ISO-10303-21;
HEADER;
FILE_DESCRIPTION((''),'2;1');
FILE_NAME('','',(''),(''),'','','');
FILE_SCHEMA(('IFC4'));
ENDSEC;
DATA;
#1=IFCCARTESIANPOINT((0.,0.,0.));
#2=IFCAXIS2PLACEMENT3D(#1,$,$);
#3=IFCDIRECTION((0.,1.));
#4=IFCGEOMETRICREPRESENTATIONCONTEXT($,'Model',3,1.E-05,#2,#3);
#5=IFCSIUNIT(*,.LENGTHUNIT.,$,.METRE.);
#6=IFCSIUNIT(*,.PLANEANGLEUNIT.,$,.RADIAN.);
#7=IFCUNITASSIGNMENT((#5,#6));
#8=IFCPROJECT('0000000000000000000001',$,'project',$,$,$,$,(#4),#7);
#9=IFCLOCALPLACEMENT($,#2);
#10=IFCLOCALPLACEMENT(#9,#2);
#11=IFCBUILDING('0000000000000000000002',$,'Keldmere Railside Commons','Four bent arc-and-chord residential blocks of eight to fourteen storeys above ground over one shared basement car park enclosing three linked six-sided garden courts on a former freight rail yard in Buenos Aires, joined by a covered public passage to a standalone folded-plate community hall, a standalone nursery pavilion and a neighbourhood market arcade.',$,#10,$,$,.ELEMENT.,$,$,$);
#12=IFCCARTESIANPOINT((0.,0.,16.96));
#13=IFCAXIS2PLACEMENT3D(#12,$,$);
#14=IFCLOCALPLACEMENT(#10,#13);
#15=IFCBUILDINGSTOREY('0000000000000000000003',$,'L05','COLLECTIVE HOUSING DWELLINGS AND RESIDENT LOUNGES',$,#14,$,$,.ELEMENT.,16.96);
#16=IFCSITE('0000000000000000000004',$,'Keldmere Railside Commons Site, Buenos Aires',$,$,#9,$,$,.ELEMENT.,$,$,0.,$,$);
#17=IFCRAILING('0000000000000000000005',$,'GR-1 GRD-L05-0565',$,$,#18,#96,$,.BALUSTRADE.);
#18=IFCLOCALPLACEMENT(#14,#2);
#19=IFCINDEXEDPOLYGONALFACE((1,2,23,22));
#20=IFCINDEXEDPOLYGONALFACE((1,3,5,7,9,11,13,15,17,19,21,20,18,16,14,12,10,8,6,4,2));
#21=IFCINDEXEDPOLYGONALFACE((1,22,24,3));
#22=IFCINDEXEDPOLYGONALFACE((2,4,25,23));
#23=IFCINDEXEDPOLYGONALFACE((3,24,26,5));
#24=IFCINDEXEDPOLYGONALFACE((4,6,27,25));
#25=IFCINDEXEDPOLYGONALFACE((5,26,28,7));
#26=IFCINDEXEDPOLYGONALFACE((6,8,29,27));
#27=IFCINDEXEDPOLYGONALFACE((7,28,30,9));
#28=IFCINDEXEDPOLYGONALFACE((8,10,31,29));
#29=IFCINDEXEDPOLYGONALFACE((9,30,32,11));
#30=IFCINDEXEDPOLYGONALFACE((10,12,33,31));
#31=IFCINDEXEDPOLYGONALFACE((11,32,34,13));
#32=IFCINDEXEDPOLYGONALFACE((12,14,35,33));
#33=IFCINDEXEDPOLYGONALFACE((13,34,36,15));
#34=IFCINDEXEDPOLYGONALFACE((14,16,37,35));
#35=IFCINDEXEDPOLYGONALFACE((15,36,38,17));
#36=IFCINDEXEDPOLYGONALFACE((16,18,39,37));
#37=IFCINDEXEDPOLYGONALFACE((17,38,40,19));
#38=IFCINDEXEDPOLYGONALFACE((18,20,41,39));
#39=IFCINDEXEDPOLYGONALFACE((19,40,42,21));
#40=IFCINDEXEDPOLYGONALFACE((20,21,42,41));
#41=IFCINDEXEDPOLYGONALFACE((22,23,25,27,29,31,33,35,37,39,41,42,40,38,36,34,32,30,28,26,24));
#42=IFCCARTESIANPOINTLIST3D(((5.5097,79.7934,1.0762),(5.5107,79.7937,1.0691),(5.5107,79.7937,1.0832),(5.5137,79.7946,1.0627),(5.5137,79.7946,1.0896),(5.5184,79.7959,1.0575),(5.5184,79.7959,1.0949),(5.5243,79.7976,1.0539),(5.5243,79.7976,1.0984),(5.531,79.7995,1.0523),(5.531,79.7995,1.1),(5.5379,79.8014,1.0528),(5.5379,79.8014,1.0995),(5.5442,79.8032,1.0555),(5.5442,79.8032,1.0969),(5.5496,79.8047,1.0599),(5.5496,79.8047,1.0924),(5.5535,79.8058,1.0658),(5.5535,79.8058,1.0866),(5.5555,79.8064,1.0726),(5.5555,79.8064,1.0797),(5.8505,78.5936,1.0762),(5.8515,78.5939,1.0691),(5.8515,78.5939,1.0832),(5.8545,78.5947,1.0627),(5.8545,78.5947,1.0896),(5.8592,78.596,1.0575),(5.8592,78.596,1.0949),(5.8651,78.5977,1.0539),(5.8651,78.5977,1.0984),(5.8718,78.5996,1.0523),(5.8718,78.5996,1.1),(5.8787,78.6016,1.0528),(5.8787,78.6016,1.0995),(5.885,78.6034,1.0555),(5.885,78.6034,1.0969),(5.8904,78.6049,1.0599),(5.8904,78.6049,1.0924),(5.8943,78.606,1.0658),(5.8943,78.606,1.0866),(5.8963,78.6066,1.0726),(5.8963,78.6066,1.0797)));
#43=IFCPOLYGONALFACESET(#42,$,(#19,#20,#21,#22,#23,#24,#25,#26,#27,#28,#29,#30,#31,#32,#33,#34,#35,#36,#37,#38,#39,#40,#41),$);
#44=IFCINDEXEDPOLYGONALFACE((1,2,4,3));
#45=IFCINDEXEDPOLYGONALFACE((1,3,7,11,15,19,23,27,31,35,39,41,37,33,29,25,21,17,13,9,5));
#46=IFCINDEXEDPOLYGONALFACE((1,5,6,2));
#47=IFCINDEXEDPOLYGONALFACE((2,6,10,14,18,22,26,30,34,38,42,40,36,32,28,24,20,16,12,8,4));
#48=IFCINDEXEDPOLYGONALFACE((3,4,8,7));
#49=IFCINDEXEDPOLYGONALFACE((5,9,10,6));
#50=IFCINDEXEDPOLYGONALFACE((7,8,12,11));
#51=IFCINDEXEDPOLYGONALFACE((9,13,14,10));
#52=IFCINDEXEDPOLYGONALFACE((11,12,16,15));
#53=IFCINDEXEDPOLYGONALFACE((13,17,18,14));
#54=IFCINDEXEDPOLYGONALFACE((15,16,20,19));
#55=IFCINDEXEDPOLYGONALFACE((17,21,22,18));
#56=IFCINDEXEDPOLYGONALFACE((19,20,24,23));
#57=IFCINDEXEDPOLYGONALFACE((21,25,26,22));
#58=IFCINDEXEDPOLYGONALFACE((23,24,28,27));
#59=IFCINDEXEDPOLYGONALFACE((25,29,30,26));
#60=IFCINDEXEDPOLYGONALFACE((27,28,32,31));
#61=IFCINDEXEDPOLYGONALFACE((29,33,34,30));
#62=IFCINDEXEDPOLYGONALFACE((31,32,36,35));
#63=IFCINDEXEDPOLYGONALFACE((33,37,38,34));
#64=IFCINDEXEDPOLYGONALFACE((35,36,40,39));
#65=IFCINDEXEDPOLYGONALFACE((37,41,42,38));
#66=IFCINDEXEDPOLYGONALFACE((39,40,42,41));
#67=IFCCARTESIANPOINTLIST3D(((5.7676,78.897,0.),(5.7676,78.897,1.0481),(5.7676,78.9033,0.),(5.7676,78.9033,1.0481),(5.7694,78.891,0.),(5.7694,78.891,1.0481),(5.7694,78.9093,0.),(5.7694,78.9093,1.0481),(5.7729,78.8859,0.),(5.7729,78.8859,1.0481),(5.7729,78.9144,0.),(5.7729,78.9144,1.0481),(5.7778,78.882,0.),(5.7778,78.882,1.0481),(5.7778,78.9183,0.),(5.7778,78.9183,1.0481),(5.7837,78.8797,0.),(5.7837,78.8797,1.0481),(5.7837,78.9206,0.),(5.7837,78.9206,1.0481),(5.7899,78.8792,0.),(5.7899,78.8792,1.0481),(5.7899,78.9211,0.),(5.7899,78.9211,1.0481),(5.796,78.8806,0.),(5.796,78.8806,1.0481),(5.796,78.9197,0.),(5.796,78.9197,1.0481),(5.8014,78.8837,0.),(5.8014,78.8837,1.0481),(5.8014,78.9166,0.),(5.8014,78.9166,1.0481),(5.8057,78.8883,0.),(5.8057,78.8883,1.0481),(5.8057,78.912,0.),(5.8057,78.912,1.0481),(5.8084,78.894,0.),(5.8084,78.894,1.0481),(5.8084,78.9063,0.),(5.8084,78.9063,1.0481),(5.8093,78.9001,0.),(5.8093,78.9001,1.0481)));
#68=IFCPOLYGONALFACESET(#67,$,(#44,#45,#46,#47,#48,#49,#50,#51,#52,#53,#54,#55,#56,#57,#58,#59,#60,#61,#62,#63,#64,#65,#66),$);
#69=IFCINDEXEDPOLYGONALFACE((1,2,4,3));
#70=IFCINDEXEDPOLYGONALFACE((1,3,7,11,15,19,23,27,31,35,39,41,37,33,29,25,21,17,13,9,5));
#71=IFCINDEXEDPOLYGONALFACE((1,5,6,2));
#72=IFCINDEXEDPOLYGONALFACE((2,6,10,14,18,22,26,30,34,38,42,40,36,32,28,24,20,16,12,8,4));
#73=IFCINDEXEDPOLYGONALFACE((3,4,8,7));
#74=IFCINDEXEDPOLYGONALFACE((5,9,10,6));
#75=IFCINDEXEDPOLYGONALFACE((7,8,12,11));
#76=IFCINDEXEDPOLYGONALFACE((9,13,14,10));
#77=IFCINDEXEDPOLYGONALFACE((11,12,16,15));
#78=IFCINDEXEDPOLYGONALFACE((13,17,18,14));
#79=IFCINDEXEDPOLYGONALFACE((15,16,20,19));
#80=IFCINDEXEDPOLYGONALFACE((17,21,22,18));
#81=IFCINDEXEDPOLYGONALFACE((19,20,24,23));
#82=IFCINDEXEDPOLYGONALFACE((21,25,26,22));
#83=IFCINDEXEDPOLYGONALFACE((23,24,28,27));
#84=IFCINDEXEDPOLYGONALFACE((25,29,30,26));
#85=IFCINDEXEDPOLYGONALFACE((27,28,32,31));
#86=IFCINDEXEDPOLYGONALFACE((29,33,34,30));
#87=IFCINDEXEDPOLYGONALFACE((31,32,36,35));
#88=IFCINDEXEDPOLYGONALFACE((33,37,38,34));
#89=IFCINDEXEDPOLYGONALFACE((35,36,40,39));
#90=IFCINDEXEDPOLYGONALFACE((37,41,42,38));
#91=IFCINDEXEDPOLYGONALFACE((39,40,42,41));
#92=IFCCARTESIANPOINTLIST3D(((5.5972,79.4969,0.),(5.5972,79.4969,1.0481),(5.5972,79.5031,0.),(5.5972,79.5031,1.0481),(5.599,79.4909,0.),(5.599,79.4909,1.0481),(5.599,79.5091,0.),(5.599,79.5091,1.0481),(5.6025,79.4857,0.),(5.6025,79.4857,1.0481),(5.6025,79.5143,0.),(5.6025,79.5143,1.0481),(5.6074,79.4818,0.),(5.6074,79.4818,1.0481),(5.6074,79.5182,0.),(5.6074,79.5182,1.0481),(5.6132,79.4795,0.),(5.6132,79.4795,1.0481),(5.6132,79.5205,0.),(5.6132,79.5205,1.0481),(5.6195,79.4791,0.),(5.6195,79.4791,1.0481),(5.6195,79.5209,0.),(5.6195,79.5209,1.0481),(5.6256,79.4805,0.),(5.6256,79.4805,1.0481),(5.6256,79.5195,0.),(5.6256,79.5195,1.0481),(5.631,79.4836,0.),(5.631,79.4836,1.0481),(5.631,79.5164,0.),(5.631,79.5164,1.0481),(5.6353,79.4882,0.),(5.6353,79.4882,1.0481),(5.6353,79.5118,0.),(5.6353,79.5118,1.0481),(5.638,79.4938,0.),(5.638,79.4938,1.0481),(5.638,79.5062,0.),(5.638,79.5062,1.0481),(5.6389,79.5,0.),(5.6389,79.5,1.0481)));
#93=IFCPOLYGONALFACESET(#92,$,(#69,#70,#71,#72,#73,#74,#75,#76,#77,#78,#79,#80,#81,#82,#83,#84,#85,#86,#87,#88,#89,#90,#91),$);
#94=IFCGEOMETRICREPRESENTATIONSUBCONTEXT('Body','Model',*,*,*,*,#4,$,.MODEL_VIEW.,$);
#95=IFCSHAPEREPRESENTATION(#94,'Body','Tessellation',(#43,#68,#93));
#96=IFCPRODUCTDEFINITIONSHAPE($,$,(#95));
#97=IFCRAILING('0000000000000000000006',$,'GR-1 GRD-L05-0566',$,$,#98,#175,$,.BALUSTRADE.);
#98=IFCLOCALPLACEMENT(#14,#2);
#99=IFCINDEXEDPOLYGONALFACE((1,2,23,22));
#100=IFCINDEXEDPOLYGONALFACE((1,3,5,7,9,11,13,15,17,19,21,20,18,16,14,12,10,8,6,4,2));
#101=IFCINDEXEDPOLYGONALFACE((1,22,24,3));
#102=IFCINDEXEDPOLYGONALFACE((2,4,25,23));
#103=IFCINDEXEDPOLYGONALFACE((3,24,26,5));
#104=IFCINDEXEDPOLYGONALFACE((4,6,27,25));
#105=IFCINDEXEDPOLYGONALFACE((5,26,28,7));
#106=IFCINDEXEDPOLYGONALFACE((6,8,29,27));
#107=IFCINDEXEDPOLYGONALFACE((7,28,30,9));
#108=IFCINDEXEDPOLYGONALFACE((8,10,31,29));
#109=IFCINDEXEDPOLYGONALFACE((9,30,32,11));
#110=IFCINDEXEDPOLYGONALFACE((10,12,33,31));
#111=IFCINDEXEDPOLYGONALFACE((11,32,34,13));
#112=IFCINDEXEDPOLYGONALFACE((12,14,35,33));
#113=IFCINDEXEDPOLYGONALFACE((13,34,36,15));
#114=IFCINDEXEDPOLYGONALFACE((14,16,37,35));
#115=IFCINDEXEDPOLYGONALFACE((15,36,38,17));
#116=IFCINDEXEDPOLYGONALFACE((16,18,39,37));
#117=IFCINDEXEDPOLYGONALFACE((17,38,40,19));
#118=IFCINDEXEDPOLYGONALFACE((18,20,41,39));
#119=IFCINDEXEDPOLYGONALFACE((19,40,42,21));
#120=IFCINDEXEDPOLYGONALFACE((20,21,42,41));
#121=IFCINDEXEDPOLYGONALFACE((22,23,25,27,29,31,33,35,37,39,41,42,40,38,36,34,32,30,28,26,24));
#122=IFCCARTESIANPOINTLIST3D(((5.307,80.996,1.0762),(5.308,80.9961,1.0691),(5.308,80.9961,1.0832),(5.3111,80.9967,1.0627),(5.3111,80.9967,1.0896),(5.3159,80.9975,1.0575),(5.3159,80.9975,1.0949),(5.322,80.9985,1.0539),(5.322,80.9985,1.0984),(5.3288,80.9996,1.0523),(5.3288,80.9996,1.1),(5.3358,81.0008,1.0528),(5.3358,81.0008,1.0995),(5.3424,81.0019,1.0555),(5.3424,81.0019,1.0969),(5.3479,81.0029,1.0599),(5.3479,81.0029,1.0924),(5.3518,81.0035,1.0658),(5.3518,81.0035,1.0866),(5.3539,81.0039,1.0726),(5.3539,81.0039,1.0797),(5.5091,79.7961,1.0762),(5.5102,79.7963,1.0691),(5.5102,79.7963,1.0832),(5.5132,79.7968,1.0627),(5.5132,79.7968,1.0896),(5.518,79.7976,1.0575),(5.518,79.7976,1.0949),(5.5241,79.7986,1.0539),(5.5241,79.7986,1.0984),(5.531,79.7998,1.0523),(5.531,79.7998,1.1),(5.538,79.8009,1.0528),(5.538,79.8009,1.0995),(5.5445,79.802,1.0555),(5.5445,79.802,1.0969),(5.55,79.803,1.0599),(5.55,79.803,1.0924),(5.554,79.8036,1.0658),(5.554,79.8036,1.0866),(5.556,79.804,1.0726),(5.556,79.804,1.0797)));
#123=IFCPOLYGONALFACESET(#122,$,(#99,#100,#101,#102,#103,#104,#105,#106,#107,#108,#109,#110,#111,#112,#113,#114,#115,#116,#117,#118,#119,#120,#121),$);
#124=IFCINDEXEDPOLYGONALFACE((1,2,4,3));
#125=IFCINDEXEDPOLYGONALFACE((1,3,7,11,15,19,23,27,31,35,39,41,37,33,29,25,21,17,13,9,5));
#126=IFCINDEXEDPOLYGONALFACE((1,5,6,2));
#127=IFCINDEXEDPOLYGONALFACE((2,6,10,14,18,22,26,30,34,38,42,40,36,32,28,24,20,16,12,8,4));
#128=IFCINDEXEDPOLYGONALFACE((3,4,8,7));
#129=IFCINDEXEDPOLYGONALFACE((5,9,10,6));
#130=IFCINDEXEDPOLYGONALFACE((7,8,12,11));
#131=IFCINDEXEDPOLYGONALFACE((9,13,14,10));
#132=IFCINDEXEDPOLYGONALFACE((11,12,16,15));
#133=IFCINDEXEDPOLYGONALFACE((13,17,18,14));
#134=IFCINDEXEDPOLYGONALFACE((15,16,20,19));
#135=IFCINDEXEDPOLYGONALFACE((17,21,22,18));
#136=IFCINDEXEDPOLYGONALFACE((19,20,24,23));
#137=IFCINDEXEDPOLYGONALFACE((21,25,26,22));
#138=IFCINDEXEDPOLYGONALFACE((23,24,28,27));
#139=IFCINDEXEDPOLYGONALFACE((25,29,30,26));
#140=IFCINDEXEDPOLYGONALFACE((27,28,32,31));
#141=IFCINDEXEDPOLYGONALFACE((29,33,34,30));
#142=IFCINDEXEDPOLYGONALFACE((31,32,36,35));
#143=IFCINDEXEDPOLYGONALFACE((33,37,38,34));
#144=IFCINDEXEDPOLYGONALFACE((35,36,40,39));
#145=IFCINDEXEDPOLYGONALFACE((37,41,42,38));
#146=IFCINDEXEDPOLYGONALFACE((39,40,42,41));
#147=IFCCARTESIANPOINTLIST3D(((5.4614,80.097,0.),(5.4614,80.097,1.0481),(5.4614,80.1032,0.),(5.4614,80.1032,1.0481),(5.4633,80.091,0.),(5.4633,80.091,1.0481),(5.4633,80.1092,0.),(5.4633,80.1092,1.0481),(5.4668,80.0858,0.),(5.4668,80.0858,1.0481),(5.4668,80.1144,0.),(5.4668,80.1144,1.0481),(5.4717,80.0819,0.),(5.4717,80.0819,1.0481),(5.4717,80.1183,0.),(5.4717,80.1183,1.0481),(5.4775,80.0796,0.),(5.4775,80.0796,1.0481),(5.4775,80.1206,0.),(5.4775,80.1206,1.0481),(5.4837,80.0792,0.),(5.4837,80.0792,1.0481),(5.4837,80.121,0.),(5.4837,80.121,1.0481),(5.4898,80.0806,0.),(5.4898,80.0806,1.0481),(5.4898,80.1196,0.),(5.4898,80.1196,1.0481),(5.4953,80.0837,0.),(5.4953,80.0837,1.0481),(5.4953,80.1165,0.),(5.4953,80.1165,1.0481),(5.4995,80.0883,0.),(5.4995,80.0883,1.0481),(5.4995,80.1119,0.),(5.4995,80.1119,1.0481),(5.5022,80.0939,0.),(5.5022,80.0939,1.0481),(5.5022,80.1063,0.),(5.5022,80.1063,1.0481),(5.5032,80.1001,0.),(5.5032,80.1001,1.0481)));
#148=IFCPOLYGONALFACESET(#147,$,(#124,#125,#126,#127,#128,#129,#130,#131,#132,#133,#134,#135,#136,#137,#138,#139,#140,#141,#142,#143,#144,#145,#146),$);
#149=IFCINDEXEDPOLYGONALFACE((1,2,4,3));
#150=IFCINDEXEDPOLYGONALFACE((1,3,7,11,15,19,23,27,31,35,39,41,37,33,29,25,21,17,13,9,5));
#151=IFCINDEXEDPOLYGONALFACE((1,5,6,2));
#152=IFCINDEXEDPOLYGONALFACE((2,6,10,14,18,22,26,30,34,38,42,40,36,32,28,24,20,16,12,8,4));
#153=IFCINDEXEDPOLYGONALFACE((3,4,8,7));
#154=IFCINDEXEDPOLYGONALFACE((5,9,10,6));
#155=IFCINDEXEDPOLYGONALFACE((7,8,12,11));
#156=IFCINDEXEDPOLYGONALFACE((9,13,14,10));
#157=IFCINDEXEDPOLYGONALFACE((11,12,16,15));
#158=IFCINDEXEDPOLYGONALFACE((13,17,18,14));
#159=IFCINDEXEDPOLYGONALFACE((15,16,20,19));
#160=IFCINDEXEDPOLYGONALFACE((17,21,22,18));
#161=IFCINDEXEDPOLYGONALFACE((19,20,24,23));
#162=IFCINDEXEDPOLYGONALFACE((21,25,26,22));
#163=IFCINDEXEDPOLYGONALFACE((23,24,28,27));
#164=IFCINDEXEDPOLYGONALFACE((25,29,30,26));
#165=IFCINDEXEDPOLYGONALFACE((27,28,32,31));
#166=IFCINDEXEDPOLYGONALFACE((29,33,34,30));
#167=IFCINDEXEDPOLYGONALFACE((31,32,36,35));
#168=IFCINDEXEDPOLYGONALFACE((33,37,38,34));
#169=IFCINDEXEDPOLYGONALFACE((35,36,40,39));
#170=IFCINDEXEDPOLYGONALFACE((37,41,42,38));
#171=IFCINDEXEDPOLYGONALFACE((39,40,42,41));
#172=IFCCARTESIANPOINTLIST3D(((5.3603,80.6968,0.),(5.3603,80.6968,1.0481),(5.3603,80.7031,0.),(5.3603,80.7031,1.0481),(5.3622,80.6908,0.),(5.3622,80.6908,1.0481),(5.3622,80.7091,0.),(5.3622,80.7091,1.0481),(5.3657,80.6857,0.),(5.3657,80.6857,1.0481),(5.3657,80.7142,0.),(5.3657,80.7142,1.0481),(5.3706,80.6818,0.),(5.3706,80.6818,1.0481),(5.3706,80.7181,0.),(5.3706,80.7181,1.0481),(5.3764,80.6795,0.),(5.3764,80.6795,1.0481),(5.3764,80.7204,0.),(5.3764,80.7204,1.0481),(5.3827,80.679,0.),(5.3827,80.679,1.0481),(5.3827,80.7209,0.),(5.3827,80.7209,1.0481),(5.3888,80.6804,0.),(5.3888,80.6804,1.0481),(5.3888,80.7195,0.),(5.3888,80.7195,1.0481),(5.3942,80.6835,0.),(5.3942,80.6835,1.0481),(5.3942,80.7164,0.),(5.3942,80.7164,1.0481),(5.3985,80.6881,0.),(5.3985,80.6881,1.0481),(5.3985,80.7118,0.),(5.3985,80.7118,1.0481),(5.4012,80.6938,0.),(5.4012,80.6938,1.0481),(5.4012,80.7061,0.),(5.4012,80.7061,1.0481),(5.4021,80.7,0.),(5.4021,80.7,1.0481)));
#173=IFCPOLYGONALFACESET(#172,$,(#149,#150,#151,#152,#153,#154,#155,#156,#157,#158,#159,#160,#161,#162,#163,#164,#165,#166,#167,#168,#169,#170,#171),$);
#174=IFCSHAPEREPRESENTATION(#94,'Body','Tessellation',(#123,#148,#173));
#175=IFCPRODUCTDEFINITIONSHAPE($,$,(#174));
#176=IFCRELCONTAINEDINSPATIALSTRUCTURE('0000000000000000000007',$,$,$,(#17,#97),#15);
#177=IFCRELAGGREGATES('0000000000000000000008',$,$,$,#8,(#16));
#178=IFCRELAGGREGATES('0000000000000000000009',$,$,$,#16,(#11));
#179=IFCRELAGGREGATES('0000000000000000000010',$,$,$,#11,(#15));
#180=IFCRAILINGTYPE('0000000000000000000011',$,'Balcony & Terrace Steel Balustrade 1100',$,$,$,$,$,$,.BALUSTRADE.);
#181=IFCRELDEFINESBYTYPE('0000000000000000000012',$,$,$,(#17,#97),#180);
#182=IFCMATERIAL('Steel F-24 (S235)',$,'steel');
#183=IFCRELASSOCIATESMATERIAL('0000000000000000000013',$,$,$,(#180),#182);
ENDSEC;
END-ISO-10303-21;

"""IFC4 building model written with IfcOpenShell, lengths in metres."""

from ifc_helpers import new_model, si_unit, direction, frame, origin, origin_2d, place, context, subcontext, project, spatial, circle, extrude, material, type_object, element, save


model = new_model("IFC4")

# Units and contexts
model_context = context("Model", 3, precision=1e-05, world=origin(), true_north=direction((0.0, 1.0)))
body_context = subcontext(model_context, "Body", "Model", "MODEL_VIEW")
ifc_project = project(units=[si_unit("LENGTHUNIT", "METRE"), si_unit("PLANEANGLEUNIT", "RADIAN")], contexts=[model_context])

# Site, building, storey
site_placement = place(None, origin())
site = spatial("IfcSite", under=ifc_project, at=site_placement, Name="Keldmere Railside Commons Site, Buenos Aires", CompositionType="ELEMENT", RefElevation=0.0)
building_placement = place(site_placement, origin())
building = spatial("IfcBuilding", under=site, at=building_placement, Name="Keldmere Railside Commons", Description="Four bent arc-and-chord residential blocks of eight to fourteen storeys above ground over one shared basement car park enclosing three linked six-sided garden courts on a former freight rail yard in Buenos Aires, joined by a covered public passage to a standalone folded-plate community hall, a standalone nursery pavilion and a neighbourhood market arcade.", CompositionType="ELEMENT")
storey_placement = place(building_placement, frame((0.0, 0.0, 16.96)))
storey = spatial("IfcBuildingStorey", under=building, at=storey_placement, Name="L05", Description="COLLECTIVE HOUSING DWELLINGS AND RESIDENT LOUNGES", CompositionType="ELEMENT", Elevation=16.96)

# Shared definitions
ifc_material_1 = material(Name="Steel F-24 (S235)", Category="steel")

# Railings
railing_type_1 = type_object("IfcRailingType", Name="Balcony & Terrace Steel Balustrade 1100", PredefinedType="BALUSTRADE", material=ifc_material_1)
railing_1_placement = place(storey_placement, frame((5.8735, 78.6001, 0.0)))
element("IfcRailing", 1, at=railing_1_placement, inside=storey, type_object=railing_type_1, Name="GR-1 GRD-L05-0565", PredefinedType="BALUSTRADE", context=body_context, shape_type="SweptSolid", body=[
    extrude(circle(Radius=0.0239, at=origin_2d()), frame((0.0, 0.0, 1.0762), z_axis=(-0.273222, 0.961951, 0.0), x_axis=(-0.961951, -0.273222, 0.0)), (0.0, 0.0, 1.0), 1.2473),
    extrude(circle(Radius=0.021, at=origin_2d()), frame((-0.0852, 0.3, 0.0)), (0.0, 0.0, 1.0), 1.0481),
    extrude(circle(Radius=0.021, at=origin_2d()), frame((-0.2556, 0.8999, 0.0)), (0.0, 0.0, 1.0), 1.0481),
])
railing_2_placement = place(storey_placement, frame((5.5327, 79.8, 0.0)))
element("IfcRailing", 2, at=railing_2_placement, inside=storey, type_object=railing_type_1, Name="GR-1 GRD-L05-0566", PredefinedType="BALUSTRADE", context=body_context, shape_type="SweptSolid", body=[
    extrude(circle(Radius=0.0239, at=origin_2d()), frame((0.0, 0.0, 1.0762), z_axis=(-0.166123, 0.986105, 0.0), x_axis=(-0.986105, -0.166123, 0.0)), (0.0, 0.0, 1.0), 1.2168),
    extrude(circle(Radius=0.021, at=origin_2d()), frame((-0.0505, 0.3, 0.0)), (0.0, 0.0, 1.0), 1.0481),
    extrude(circle(Radius=0.021, at=origin_2d()), frame((-0.1516, 0.8999, 0.0)), (0.0, 0.0, 1.0), 1.0481),
])

save(model, "model.ifc")
